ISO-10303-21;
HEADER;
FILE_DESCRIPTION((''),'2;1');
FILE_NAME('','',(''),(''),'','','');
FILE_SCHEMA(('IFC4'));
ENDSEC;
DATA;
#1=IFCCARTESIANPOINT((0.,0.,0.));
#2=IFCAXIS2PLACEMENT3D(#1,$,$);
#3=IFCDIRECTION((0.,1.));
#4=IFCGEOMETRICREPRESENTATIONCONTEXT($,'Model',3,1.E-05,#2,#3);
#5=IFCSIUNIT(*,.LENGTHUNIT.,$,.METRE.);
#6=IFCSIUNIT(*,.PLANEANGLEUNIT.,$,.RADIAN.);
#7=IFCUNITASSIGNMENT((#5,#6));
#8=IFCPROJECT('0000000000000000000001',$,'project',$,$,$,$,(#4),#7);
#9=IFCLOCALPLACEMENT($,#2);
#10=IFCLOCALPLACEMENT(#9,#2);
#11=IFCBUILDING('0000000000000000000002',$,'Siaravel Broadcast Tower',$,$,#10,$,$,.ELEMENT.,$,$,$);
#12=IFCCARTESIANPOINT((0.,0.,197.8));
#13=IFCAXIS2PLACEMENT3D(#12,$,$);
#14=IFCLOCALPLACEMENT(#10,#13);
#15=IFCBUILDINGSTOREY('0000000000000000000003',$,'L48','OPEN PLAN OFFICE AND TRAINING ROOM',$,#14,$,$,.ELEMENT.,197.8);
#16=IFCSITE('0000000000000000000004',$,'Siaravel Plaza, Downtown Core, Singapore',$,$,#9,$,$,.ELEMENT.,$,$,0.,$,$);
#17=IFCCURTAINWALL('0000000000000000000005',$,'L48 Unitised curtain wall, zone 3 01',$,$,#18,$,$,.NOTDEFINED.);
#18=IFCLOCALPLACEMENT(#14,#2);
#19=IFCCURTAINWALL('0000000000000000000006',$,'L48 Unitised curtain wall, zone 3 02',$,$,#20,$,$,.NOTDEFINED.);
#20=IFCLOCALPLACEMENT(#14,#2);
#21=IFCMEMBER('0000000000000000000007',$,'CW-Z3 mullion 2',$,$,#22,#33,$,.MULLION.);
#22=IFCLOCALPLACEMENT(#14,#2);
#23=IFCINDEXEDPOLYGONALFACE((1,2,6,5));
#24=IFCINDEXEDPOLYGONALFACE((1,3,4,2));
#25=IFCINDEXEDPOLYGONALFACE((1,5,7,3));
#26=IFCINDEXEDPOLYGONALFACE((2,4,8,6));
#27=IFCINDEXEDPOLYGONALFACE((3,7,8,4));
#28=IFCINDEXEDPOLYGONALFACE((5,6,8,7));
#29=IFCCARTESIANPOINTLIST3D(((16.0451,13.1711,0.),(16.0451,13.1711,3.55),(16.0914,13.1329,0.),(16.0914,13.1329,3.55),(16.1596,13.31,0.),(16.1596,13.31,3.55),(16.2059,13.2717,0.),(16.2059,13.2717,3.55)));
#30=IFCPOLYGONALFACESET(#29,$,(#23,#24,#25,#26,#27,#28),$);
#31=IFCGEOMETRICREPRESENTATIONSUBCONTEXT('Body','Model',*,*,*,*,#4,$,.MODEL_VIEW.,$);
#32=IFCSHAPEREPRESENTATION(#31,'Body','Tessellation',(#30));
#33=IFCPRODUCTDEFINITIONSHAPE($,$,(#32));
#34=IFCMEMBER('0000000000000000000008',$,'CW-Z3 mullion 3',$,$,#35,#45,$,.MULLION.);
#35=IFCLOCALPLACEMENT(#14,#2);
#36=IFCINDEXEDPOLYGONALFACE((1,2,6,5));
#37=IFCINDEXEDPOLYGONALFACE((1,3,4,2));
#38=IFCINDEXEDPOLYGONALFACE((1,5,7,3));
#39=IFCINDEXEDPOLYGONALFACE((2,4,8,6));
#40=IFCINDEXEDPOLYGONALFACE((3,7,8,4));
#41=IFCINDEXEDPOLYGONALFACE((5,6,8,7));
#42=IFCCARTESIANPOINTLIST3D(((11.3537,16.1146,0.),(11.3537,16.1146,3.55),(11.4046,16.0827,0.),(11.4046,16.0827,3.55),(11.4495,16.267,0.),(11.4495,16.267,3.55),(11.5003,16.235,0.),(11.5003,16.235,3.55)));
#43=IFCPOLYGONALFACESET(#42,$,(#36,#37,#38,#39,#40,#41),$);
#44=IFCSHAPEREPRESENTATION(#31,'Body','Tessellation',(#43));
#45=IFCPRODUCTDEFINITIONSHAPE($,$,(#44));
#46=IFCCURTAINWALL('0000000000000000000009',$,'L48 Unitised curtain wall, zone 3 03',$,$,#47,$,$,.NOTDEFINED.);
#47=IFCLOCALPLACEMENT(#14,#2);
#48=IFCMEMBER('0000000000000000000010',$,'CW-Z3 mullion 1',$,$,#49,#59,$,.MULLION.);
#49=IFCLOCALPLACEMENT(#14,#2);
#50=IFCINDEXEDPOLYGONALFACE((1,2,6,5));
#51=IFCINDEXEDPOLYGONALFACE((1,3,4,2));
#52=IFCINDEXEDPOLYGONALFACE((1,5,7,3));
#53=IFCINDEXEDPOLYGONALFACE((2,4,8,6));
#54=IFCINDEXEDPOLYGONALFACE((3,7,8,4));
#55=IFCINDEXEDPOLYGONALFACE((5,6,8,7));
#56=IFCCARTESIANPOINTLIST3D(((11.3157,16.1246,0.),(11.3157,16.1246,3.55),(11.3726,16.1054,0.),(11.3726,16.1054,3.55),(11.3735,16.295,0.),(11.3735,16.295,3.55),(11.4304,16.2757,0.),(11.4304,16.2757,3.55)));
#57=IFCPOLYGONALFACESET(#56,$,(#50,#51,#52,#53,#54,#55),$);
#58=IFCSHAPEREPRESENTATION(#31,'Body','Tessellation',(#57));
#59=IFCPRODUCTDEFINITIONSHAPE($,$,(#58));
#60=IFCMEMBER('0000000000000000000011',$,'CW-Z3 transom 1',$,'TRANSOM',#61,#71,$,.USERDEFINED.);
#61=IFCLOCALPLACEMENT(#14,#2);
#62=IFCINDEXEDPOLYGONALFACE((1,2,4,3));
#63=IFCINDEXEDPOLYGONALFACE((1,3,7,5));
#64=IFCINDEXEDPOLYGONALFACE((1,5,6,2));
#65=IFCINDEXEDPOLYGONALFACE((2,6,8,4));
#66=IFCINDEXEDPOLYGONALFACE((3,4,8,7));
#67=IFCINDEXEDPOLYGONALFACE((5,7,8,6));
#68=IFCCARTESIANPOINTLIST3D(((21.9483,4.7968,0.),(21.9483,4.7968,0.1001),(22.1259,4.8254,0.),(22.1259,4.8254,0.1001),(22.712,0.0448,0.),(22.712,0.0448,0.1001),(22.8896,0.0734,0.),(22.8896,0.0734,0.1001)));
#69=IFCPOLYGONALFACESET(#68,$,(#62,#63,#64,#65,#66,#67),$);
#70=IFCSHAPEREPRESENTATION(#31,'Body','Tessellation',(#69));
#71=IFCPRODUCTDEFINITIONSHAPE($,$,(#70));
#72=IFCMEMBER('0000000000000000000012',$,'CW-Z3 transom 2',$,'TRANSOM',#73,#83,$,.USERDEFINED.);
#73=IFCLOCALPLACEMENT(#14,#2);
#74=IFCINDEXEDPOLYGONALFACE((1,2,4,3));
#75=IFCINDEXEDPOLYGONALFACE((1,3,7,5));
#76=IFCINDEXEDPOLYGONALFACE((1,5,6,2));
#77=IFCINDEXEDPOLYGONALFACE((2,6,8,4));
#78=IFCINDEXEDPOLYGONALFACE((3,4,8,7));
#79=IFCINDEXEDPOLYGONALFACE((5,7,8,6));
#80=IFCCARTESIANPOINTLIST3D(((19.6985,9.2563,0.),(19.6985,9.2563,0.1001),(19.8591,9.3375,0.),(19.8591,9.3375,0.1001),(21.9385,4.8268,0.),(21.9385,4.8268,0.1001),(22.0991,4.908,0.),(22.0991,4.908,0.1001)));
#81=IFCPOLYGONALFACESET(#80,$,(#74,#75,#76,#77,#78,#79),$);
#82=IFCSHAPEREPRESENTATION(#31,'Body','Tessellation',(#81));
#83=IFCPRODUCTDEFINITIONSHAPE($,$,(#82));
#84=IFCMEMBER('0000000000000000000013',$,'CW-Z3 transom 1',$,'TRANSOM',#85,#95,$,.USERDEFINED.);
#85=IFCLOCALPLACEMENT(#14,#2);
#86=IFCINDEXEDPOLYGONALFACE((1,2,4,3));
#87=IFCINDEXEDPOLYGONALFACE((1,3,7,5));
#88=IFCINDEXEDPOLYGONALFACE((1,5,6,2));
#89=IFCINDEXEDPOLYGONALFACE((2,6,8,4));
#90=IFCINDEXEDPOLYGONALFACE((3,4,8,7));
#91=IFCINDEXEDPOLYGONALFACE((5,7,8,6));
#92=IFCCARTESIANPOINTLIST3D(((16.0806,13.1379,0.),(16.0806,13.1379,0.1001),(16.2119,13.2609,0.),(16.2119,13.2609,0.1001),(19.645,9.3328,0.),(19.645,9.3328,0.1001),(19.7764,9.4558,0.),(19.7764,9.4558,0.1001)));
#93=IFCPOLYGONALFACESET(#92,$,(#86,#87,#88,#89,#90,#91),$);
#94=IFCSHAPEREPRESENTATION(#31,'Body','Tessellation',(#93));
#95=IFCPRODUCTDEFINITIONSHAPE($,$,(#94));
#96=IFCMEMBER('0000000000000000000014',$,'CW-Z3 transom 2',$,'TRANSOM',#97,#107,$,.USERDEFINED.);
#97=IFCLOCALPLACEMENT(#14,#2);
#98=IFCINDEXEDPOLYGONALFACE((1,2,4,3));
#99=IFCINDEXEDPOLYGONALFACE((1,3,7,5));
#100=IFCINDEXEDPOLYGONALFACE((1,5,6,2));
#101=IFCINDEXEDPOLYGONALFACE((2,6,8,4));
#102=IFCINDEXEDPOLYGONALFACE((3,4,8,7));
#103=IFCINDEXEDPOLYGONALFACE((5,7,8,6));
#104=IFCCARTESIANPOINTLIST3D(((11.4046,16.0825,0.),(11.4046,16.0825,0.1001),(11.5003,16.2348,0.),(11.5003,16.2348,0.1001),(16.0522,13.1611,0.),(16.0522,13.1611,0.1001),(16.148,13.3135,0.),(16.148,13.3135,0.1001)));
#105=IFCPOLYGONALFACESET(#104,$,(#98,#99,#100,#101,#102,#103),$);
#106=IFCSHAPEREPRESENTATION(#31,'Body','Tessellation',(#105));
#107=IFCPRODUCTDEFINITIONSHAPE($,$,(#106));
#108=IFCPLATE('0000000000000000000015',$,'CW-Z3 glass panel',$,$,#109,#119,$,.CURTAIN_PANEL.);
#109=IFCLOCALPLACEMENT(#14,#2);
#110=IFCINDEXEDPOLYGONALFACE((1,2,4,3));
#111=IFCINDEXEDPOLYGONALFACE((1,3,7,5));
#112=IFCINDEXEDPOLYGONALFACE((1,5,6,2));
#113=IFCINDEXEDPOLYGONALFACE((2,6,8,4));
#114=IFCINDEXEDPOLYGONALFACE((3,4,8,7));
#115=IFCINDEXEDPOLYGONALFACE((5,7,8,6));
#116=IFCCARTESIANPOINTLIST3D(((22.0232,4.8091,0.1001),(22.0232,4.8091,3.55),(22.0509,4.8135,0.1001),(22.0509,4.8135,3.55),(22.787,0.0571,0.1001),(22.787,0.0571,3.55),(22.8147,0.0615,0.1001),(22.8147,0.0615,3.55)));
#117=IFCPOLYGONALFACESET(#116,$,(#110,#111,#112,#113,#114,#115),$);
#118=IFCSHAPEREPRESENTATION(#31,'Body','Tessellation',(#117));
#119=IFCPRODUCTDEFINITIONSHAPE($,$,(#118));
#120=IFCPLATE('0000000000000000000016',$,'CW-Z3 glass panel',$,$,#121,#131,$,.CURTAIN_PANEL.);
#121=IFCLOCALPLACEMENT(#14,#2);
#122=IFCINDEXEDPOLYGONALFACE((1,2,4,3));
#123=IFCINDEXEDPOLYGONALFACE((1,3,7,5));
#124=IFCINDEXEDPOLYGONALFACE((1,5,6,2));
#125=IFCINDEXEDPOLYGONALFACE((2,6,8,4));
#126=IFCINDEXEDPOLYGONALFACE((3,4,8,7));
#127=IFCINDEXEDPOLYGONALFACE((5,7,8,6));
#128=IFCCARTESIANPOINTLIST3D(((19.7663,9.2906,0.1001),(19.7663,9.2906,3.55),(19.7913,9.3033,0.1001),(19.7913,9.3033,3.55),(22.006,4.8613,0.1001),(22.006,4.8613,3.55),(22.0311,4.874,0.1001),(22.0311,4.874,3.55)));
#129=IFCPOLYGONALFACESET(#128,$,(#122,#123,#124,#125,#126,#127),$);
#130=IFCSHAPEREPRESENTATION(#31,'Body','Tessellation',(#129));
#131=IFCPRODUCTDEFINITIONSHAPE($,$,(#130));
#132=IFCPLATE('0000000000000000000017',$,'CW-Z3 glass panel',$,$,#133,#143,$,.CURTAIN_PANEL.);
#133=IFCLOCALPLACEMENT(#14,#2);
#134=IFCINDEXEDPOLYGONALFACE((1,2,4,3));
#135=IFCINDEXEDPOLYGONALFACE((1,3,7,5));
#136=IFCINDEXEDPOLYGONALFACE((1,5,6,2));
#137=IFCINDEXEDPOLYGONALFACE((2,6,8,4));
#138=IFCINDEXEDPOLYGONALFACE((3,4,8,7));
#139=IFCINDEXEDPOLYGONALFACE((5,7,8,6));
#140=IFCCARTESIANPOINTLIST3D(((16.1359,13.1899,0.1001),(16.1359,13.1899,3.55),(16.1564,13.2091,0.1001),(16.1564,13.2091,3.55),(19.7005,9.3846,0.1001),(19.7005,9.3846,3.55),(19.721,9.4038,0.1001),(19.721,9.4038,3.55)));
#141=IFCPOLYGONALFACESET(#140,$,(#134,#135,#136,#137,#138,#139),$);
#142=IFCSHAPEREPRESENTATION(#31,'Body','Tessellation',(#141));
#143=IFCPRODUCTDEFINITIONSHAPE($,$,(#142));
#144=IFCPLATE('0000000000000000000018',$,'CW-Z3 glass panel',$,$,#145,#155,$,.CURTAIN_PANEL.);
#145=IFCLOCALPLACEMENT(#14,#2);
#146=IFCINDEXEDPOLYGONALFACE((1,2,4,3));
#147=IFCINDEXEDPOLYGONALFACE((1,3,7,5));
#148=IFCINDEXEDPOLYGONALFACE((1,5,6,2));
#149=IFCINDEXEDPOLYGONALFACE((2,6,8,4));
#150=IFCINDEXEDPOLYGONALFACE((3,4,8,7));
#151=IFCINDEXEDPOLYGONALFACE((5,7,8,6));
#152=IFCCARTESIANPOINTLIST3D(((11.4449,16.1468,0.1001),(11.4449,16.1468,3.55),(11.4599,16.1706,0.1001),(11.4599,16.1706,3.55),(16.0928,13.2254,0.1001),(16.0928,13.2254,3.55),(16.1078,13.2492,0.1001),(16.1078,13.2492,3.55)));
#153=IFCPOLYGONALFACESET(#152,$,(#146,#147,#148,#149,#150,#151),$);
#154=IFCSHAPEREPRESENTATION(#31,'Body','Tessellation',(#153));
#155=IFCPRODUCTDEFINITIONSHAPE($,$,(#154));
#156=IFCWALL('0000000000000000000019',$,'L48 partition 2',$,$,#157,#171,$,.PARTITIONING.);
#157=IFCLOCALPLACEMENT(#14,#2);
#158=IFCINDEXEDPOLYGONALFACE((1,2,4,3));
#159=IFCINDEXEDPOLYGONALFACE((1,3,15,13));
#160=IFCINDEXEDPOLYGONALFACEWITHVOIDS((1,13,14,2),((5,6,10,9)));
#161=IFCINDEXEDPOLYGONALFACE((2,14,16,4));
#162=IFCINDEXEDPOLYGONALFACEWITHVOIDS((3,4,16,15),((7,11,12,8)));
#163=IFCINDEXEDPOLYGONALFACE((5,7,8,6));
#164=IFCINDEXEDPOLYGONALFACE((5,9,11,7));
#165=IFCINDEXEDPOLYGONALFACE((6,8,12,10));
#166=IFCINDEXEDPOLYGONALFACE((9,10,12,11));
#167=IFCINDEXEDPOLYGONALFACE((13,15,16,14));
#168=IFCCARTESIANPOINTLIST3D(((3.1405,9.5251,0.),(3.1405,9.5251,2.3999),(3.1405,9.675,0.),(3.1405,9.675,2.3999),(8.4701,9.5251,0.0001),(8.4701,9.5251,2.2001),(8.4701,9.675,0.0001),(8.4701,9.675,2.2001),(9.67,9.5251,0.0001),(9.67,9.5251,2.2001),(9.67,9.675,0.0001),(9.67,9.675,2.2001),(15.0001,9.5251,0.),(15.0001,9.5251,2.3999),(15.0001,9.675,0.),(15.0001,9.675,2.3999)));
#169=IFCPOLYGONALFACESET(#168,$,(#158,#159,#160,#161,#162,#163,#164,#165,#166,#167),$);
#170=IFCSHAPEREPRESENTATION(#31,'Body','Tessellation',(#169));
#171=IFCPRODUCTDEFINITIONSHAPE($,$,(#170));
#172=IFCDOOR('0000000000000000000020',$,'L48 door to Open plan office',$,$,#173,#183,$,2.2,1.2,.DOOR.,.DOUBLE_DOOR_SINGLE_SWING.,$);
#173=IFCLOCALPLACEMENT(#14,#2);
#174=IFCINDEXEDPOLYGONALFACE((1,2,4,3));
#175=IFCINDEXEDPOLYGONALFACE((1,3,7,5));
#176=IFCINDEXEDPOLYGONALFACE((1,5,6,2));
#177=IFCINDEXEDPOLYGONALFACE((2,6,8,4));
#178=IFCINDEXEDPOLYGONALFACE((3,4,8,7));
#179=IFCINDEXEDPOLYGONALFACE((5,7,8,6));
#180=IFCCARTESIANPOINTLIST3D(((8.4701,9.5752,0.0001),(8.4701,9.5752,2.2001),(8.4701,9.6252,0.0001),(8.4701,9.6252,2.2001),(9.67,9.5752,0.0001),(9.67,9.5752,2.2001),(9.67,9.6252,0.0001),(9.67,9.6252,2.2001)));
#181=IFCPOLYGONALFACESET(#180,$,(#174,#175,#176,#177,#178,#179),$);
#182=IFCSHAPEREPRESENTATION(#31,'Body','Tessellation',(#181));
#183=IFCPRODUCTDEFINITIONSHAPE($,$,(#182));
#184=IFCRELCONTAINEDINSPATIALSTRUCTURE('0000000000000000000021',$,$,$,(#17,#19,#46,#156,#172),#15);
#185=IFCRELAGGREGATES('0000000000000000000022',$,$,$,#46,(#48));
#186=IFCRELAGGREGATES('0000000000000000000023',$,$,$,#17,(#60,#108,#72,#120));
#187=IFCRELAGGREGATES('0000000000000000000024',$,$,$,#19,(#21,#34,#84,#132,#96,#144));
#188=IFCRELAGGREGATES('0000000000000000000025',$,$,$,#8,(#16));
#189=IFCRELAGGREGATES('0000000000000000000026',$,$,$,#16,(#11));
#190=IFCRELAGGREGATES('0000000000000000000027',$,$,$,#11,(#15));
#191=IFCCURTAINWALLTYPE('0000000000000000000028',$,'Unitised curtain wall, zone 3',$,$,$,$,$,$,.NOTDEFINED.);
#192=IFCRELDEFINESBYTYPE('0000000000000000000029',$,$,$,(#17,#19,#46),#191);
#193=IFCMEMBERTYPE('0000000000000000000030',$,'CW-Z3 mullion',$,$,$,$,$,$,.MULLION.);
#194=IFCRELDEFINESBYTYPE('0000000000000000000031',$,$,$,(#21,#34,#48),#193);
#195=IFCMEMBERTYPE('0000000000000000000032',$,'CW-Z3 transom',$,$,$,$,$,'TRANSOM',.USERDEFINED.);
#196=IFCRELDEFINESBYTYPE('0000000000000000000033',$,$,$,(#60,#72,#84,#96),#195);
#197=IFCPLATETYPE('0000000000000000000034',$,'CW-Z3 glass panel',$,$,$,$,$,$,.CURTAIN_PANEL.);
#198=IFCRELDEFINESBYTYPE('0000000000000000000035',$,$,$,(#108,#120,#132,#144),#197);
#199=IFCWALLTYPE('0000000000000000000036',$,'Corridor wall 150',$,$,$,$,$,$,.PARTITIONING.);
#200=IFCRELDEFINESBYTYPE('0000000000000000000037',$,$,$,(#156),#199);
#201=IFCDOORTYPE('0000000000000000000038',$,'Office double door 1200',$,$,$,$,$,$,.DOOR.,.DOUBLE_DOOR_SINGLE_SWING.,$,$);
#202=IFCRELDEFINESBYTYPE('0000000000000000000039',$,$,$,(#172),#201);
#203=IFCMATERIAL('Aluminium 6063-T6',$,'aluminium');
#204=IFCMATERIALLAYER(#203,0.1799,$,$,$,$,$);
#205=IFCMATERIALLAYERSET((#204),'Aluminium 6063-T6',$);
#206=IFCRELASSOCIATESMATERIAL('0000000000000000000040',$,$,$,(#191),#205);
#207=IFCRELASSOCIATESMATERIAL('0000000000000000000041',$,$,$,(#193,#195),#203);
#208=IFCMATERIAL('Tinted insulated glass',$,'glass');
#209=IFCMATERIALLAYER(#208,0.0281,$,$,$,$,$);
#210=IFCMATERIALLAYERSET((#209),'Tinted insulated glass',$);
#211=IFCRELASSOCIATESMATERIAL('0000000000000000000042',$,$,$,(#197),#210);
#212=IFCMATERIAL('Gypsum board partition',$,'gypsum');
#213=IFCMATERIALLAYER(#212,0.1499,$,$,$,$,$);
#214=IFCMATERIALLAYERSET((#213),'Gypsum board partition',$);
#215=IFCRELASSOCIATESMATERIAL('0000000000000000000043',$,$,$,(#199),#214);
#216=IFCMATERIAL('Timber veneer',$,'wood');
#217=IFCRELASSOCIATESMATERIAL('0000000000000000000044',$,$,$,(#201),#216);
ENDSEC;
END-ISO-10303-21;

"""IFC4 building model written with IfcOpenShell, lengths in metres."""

from ifc_helpers import new_model, si_unit, direction, frame, frame_2d, origin, origin_2d, place, context, subcontext, project, spatial, rectangle, extrude, material, layer, layer_set, material_profile, profile_set, type_object, element, fill, aggregate, save


model = new_model("IFC4")

# Units and contexts
model_context = context("Model", 3, precision=1e-05, world=origin(), true_north=direction((0.0, 1.0)))
body_context = subcontext(model_context, "Body", "Model", "MODEL_VIEW")
ifc_project = project(units=[si_unit("LENGTHUNIT", "METRE"), si_unit("PLANEANGLEUNIT", "RADIAN")], contexts=[model_context])

# Site, building, storey
site_placement = place(None, origin())
site = spatial("IfcSite", under=ifc_project, at=site_placement, Name="Siaravel Plaza, Downtown Core, Singapore", CompositionType="ELEMENT", RefElevation=0.0)
building_placement = place(site_placement, origin())
building = spatial("IfcBuilding", under=site, at=building_placement, Name="Siaravel Broadcast Tower", CompositionType="ELEMENT")
storey_placement = place(building_placement, frame((0.0, 0.0, 197.8)))
storey = spatial("IfcBuildingStorey", under=building, at=storey_placement, Name="L48", Description="OPEN PLAN OFFICE AND TRAINING ROOM", CompositionType="ELEMENT", Elevation=197.8)

# Curtain walls, members
ifc_material_1 = material(Name="Aluminium 6063-T6", Category="aluminium")
ifc_layer_1 = layer(ifc_material_1, 0.1799)
ifc_layer_set_1 = layer_set([ifc_layer_1], Name="Aluminium 6063-T6")
curtain_wall_type = type_object("IfcCurtainWallType", Name="Unitised curtain wall, zone 3", PredefinedType="NOTDEFINED", material=ifc_layer_set_1)
curtain_wall_1_placement = place(storey_placement, origin())
curtain_wall_1 = element("IfcCurtainWall", 1, at=curtain_wall_1_placement, inside=storey, type_object=curtain_wall_type, Name="L48 Unitised curtain wall, zone 3 01", PredefinedType="NOTDEFINED")
ifc_material_profile_1 = material_profile(ifc_material_1, rectangle(XDim=0.1799, YDim=0.0601, at=origin_2d()))
ifc_profile_set_1 = profile_set([ifc_material_profile_1], Name="Aluminium 6063-T6")
member_type_1 = type_object("IfcMemberType", Name="CW-Z3 mullion", PredefinedType="MULLION", material=ifc_profile_set_1)
curtain_wall_2_placement = place(storey_placement, origin())
curtain_wall_2 = element("IfcCurtainWall", 2, at=curtain_wall_2_placement, inside=storey, type_object=curtain_wall_type, Name="L48 Unitised curtain wall, zone 3 02", PredefinedType="NOTDEFINED")
member_1_placement = place(storey_placement, frame((16.1255, 13.2214, 0.0), z_axis=(0.0, 0.0, 1.0), x_axis=(-0.636219, -0.771509, 0.0)))
member_1 = element("IfcMember", 3, at=member_1_placement, type_object=member_type_1, Name="CW-Z3 mullion 2", PredefinedType="MULLION", context=body_context, shape_type="SweptSolid", body=[
    extrude(rectangle(XDim=0.1799, YDim=0.0601, at=origin_2d()), origin(), (0.0, 0.0, 1.0), 3.55),
])
member_2_placement = place(storey_placement, frame((11.427, 16.1748, 0.0), z_axis=(0.0, 0.0, 1.0), x_axis=(-0.532149, -0.846651, 0.0)))
member_2 = element("IfcMember", 4, at=member_2_placement, type_object=member_type_1, Name="CW-Z3 mullion 3", PredefinedType="MULLION", context=body_context, shape_type="SweptSolid", body=[
    extrude(rectangle(XDim=0.1799, YDim=0.0601, at=origin_2d()), origin(), (0.0, 0.0, 1.0), 3.55),
])

# Curtain wall, member
curtain_wall_3_placement = place(storey_placement, origin())
curtain_wall_3 = element("IfcCurtainWall", 5, at=curtain_wall_3_placement, inside=storey, type_object=curtain_wall_type, Name="L48 Unitised curtain wall, zone 3 03", PredefinedType="NOTDEFINED")
member_3_placement = place(storey_placement, frame((11.373, 16.2002, 0.0), z_axis=(0.0, 0.0, 1.0), x_axis=(-0.3213, -0.946977, 0.0)))
member_3 = element("IfcMember", 6, at=member_3_placement, type_object=member_type_1, Name="CW-Z3 mullion 1", PredefinedType="MULLION", context=body_context, shape_type="SweptSolid", body=[
    extrude(rectangle(XDim=0.1799, YDim=0.0601, at=origin_2d()), origin(), (0.0, 0.0, 1.0), 3.55),
])
aggregate(curtain_wall_3, [member_3])

# Members
ifc_material_profile_2 = material_profile(ifc_material_1, rectangle(XDim=0.1799, YDim=0.1001, at=origin_2d()))
ifc_profile_set_2 = profile_set([ifc_material_profile_2], Name="Aluminium 6063-T6")
member_type_2 = type_object("IfcMemberType", Name="CW-Z3 transom", ElementType="TRANSOM", PredefinedType="USERDEFINED", material=ifc_profile_set_2)
member_4_placement = place(storey_placement, frame((22.8008, 0.0591, 0.05), z_axis=(-0.158671, 0.987332, 0.0), x_axis=(-0.987332, -0.158671, 0.0)))
member_4 = element("IfcMember", 7, at=member_4_placement, type_object=member_type_2, Name="CW-Z3 transom 1", ObjectType="TRANSOM", PredefinedType="USERDEFINED", context=body_context, shape_type="SweptSolid", body=[
    extrude(rectangle(XDim=0.1799, YDim=0.1001, at=origin_2d()), origin(), (0.0, 0.0, 1.0), 4.813),
])
member_5_placement = place(storey_placement, frame((22.0188, 4.8674, 0.05), z_axis=(-0.451282, 0.892382, 0.0), x_axis=(-0.892382, -0.451282, 0.0)))
member_5 = element("IfcMember", 8, at=member_5_placement, type_object=member_type_2, Name="CW-Z3 transom 2", ObjectType="TRANSOM", PredefinedType="USERDEFINED", context=body_context, shape_type="SweptSolid", body=[
    extrude(rectangle(XDim=0.1799, YDim=0.1001, at=origin_2d()), origin(), (0.0, 0.0, 1.0), 4.9636),
])
member_6_placement = place(storey_placement, frame((19.7107, 9.3943, 0.05), z_axis=(-0.683645, 0.729815, 0.0), x_axis=(-0.729815, -0.683645, 0.0)))
member_6 = element("IfcMember", 9, at=member_6_placement, type_object=member_type_2, Name="CW-Z3 transom 1", ObjectType="TRANSOM", PredefinedType="USERDEFINED", context=body_context, shape_type="SweptSolid", body=[
    extrude(rectangle(XDim=0.1799, YDim=0.1001, at=origin_2d()), origin(), (0.0, 0.0, 1.0), 5.2139),
])
member_7_placement = place(storey_placement, frame((16.1001, 13.2373, 0.05), z_axis=(-0.846639, 0.532168, 0.0), x_axis=(-0.532168, -0.846639, 0.0)))
member_7 = element("IfcMember", 10, at=member_7_placement, type_object=member_type_2, Name="CW-Z3 transom 2", ObjectType="TRANSOM", PredefinedType="USERDEFINED", context=body_context, shape_type="SweptSolid", body=[
    extrude(rectangle(XDim=0.1799, YDim=0.1001, at=origin_2d()), origin(), (0.0, 0.0, 1.0), 5.4895),
])

# Plates
ifc_material_2 = material(Name="Tinted insulated glass", Category="glass")
ifc_layer_2 = layer(ifc_material_2, 0.0281)
ifc_layer_set_2 = layer_set([ifc_layer_2], Name="Tinted insulated glass")
plate_type = type_object("IfcPlateType", Name="CW-Z3 glass panel", PredefinedType="CURTAIN_PANEL", material=ifc_layer_set_2)
plate_1_placement = place(storey_placement, frame((22.4189, 2.4353, 0.1001), z_axis=(0.0, 0.0, 1.0), x_axis=(-0.158685, 0.987329, 0.0)))
plate_1 = element("IfcPlate", 11, at=plate_1_placement, type_object=plate_type, Name="CW-Z3 glass panel", PredefinedType="CURTAIN_PANEL", context=body_context, shape_type="SweptSolid", body=[
    extrude(rectangle(XDim=4.813, YDim=0.0281, at=origin_2d()), origin(), (0.0, 0.0, 1.0), 3.45),
])
plate_2_placement = place(storey_placement, frame((20.8987, 7.0823, 0.1001), z_axis=(0.0, 0.0, 1.0), x_axis=(-0.451261, 0.892392, 0.0)))
plate_2 = element("IfcPlate", 12, at=plate_2_placement, type_object=plate_type, Name="CW-Z3 glass panel", PredefinedType="CURTAIN_PANEL", context=body_context, shape_type="SweptSolid", body=[
    extrude(rectangle(XDim=4.9634, YDim=0.0281, at=origin_2d()), origin(), (0.0, 0.0, 1.0), 3.45),
])
aggregate(curtain_wall_1, [member_4, plate_1, member_5, plate_2])
plate_3_placement = place(storey_placement, frame((17.9285, 11.2969, 0.1001), z_axis=(0.0, 0.0, 1.0), x_axis=(-0.683655, 0.729805, 0.0)))
plate_3 = element("IfcPlate", 13, at=plate_3_placement, type_object=plate_type, Name="CW-Z3 glass panel", PredefinedType="CURTAIN_PANEL", context=body_context, shape_type="SweptSolid", body=[
    extrude(rectangle(XDim=5.2141, YDim=0.0281, at=origin_2d()), origin(), (0.0, 0.0, 1.0), 3.45),
])
plate_4_placement = place(storey_placement, frame((13.7764, 14.698, 0.1001), z_axis=(0.0, 0.0, 1.0), x_axis=(-0.846651, 0.532149, 0.0)))
plate_4 = element("IfcPlate", 14, at=plate_4_placement, type_object=plate_type, Name="CW-Z3 glass panel", PredefinedType="CURTAIN_PANEL", context=body_context, shape_type="SweptSolid", body=[
    extrude(rectangle(XDim=5.4897, YDim=0.0281, at=origin_2d()), origin(), (0.0, 0.0, 1.0), 3.45),
])
aggregate(curtain_wall_2, [member_1, member_2, member_6, plate_3, member_7, plate_4])

# Wall, opening, door
ifc_material_3 = material(Name="Gypsum board partition", Category="gypsum")
ifc_layer_3 = layer(ifc_material_3, 0.1499)
ifc_layer_set_3 = layer_set([ifc_layer_3], Name="Gypsum board partition")
wall_type_1 = type_object("IfcWallType", Name="Corridor wall 150", PredefinedType="PARTITIONING", material=ifc_layer_set_3)
wall_1_placement = place(storey_placement, frame((15.0, 9.6001, 0.0), z_axis=(0.0, 0.0, 1.0), x_axis=(-1.0, 0.0, 0.0)))
wall_1 = element("IfcWall", 15, at=wall_1_placement, inside=storey, type_object=wall_type_1, Name="L48 partition 2", PredefinedType="PARTITIONING", context=body_context, shape_type="SweptSolid", body=[
    extrude(rectangle(XDim=11.8596, YDim=0.1499, at=frame_2d((5.9297, 0.0))), origin(), (0.0, 0.0, 1.0), 2.3999),
])
opening_1_placement = place(wall_1_placement, frame((5.3298, 0.0, 0.0)))
opening_1 = element("IfcOpeningElement", 16, at=opening_1_placement, cuts=wall_1, PredefinedType="OPENING", context=body_context, shape_type="SweptSolid", body=[
    extrude(rectangle(XDim=1.2, YDim=2.2, at=frame_2d((0.6001, 1.1001))), frame((0.0, 0.085, 0.0), z_axis=(0.0, -1.0, 0.0), x_axis=(1.0, 0.0, 0.0)), (0.0, 0.0, 1.0), 0.1699),
])
ifc_material_4 = material(Name="Timber veneer", Category="wood")
door_type = type_object("IfcDoorType", Name="Office double door 1200", OperationType="DOUBLE_DOOR_SINGLE_SWING", PredefinedType="DOOR", material=ifc_material_4)
door_1_placement = place(opening_1_placement, origin())
door_1 = element("IfcDoor", 17, at=door_1_placement, inside=storey, type_object=door_type, Name="L48 door to Open plan office", OperationType="DOUBLE_DOOR_SINGLE_SWING", OverallHeight=2.2, OverallWidth=1.2, PredefinedType="DOOR", context=body_context, shape_type="SweptSolid", body=[
    extrude(rectangle(XDim=1.2, YDim=2.2, at=frame_2d((0.6001, 1.1001))), frame((0.0, 0.0249, 0.0), z_axis=(0.0, -1.0, 0.0), x_axis=(1.0, 0.0, 0.0)), (0.0, 0.0, 1.0), 0.05),
])
fill(opening_1, door_1)

save(model, "model.ifc")
